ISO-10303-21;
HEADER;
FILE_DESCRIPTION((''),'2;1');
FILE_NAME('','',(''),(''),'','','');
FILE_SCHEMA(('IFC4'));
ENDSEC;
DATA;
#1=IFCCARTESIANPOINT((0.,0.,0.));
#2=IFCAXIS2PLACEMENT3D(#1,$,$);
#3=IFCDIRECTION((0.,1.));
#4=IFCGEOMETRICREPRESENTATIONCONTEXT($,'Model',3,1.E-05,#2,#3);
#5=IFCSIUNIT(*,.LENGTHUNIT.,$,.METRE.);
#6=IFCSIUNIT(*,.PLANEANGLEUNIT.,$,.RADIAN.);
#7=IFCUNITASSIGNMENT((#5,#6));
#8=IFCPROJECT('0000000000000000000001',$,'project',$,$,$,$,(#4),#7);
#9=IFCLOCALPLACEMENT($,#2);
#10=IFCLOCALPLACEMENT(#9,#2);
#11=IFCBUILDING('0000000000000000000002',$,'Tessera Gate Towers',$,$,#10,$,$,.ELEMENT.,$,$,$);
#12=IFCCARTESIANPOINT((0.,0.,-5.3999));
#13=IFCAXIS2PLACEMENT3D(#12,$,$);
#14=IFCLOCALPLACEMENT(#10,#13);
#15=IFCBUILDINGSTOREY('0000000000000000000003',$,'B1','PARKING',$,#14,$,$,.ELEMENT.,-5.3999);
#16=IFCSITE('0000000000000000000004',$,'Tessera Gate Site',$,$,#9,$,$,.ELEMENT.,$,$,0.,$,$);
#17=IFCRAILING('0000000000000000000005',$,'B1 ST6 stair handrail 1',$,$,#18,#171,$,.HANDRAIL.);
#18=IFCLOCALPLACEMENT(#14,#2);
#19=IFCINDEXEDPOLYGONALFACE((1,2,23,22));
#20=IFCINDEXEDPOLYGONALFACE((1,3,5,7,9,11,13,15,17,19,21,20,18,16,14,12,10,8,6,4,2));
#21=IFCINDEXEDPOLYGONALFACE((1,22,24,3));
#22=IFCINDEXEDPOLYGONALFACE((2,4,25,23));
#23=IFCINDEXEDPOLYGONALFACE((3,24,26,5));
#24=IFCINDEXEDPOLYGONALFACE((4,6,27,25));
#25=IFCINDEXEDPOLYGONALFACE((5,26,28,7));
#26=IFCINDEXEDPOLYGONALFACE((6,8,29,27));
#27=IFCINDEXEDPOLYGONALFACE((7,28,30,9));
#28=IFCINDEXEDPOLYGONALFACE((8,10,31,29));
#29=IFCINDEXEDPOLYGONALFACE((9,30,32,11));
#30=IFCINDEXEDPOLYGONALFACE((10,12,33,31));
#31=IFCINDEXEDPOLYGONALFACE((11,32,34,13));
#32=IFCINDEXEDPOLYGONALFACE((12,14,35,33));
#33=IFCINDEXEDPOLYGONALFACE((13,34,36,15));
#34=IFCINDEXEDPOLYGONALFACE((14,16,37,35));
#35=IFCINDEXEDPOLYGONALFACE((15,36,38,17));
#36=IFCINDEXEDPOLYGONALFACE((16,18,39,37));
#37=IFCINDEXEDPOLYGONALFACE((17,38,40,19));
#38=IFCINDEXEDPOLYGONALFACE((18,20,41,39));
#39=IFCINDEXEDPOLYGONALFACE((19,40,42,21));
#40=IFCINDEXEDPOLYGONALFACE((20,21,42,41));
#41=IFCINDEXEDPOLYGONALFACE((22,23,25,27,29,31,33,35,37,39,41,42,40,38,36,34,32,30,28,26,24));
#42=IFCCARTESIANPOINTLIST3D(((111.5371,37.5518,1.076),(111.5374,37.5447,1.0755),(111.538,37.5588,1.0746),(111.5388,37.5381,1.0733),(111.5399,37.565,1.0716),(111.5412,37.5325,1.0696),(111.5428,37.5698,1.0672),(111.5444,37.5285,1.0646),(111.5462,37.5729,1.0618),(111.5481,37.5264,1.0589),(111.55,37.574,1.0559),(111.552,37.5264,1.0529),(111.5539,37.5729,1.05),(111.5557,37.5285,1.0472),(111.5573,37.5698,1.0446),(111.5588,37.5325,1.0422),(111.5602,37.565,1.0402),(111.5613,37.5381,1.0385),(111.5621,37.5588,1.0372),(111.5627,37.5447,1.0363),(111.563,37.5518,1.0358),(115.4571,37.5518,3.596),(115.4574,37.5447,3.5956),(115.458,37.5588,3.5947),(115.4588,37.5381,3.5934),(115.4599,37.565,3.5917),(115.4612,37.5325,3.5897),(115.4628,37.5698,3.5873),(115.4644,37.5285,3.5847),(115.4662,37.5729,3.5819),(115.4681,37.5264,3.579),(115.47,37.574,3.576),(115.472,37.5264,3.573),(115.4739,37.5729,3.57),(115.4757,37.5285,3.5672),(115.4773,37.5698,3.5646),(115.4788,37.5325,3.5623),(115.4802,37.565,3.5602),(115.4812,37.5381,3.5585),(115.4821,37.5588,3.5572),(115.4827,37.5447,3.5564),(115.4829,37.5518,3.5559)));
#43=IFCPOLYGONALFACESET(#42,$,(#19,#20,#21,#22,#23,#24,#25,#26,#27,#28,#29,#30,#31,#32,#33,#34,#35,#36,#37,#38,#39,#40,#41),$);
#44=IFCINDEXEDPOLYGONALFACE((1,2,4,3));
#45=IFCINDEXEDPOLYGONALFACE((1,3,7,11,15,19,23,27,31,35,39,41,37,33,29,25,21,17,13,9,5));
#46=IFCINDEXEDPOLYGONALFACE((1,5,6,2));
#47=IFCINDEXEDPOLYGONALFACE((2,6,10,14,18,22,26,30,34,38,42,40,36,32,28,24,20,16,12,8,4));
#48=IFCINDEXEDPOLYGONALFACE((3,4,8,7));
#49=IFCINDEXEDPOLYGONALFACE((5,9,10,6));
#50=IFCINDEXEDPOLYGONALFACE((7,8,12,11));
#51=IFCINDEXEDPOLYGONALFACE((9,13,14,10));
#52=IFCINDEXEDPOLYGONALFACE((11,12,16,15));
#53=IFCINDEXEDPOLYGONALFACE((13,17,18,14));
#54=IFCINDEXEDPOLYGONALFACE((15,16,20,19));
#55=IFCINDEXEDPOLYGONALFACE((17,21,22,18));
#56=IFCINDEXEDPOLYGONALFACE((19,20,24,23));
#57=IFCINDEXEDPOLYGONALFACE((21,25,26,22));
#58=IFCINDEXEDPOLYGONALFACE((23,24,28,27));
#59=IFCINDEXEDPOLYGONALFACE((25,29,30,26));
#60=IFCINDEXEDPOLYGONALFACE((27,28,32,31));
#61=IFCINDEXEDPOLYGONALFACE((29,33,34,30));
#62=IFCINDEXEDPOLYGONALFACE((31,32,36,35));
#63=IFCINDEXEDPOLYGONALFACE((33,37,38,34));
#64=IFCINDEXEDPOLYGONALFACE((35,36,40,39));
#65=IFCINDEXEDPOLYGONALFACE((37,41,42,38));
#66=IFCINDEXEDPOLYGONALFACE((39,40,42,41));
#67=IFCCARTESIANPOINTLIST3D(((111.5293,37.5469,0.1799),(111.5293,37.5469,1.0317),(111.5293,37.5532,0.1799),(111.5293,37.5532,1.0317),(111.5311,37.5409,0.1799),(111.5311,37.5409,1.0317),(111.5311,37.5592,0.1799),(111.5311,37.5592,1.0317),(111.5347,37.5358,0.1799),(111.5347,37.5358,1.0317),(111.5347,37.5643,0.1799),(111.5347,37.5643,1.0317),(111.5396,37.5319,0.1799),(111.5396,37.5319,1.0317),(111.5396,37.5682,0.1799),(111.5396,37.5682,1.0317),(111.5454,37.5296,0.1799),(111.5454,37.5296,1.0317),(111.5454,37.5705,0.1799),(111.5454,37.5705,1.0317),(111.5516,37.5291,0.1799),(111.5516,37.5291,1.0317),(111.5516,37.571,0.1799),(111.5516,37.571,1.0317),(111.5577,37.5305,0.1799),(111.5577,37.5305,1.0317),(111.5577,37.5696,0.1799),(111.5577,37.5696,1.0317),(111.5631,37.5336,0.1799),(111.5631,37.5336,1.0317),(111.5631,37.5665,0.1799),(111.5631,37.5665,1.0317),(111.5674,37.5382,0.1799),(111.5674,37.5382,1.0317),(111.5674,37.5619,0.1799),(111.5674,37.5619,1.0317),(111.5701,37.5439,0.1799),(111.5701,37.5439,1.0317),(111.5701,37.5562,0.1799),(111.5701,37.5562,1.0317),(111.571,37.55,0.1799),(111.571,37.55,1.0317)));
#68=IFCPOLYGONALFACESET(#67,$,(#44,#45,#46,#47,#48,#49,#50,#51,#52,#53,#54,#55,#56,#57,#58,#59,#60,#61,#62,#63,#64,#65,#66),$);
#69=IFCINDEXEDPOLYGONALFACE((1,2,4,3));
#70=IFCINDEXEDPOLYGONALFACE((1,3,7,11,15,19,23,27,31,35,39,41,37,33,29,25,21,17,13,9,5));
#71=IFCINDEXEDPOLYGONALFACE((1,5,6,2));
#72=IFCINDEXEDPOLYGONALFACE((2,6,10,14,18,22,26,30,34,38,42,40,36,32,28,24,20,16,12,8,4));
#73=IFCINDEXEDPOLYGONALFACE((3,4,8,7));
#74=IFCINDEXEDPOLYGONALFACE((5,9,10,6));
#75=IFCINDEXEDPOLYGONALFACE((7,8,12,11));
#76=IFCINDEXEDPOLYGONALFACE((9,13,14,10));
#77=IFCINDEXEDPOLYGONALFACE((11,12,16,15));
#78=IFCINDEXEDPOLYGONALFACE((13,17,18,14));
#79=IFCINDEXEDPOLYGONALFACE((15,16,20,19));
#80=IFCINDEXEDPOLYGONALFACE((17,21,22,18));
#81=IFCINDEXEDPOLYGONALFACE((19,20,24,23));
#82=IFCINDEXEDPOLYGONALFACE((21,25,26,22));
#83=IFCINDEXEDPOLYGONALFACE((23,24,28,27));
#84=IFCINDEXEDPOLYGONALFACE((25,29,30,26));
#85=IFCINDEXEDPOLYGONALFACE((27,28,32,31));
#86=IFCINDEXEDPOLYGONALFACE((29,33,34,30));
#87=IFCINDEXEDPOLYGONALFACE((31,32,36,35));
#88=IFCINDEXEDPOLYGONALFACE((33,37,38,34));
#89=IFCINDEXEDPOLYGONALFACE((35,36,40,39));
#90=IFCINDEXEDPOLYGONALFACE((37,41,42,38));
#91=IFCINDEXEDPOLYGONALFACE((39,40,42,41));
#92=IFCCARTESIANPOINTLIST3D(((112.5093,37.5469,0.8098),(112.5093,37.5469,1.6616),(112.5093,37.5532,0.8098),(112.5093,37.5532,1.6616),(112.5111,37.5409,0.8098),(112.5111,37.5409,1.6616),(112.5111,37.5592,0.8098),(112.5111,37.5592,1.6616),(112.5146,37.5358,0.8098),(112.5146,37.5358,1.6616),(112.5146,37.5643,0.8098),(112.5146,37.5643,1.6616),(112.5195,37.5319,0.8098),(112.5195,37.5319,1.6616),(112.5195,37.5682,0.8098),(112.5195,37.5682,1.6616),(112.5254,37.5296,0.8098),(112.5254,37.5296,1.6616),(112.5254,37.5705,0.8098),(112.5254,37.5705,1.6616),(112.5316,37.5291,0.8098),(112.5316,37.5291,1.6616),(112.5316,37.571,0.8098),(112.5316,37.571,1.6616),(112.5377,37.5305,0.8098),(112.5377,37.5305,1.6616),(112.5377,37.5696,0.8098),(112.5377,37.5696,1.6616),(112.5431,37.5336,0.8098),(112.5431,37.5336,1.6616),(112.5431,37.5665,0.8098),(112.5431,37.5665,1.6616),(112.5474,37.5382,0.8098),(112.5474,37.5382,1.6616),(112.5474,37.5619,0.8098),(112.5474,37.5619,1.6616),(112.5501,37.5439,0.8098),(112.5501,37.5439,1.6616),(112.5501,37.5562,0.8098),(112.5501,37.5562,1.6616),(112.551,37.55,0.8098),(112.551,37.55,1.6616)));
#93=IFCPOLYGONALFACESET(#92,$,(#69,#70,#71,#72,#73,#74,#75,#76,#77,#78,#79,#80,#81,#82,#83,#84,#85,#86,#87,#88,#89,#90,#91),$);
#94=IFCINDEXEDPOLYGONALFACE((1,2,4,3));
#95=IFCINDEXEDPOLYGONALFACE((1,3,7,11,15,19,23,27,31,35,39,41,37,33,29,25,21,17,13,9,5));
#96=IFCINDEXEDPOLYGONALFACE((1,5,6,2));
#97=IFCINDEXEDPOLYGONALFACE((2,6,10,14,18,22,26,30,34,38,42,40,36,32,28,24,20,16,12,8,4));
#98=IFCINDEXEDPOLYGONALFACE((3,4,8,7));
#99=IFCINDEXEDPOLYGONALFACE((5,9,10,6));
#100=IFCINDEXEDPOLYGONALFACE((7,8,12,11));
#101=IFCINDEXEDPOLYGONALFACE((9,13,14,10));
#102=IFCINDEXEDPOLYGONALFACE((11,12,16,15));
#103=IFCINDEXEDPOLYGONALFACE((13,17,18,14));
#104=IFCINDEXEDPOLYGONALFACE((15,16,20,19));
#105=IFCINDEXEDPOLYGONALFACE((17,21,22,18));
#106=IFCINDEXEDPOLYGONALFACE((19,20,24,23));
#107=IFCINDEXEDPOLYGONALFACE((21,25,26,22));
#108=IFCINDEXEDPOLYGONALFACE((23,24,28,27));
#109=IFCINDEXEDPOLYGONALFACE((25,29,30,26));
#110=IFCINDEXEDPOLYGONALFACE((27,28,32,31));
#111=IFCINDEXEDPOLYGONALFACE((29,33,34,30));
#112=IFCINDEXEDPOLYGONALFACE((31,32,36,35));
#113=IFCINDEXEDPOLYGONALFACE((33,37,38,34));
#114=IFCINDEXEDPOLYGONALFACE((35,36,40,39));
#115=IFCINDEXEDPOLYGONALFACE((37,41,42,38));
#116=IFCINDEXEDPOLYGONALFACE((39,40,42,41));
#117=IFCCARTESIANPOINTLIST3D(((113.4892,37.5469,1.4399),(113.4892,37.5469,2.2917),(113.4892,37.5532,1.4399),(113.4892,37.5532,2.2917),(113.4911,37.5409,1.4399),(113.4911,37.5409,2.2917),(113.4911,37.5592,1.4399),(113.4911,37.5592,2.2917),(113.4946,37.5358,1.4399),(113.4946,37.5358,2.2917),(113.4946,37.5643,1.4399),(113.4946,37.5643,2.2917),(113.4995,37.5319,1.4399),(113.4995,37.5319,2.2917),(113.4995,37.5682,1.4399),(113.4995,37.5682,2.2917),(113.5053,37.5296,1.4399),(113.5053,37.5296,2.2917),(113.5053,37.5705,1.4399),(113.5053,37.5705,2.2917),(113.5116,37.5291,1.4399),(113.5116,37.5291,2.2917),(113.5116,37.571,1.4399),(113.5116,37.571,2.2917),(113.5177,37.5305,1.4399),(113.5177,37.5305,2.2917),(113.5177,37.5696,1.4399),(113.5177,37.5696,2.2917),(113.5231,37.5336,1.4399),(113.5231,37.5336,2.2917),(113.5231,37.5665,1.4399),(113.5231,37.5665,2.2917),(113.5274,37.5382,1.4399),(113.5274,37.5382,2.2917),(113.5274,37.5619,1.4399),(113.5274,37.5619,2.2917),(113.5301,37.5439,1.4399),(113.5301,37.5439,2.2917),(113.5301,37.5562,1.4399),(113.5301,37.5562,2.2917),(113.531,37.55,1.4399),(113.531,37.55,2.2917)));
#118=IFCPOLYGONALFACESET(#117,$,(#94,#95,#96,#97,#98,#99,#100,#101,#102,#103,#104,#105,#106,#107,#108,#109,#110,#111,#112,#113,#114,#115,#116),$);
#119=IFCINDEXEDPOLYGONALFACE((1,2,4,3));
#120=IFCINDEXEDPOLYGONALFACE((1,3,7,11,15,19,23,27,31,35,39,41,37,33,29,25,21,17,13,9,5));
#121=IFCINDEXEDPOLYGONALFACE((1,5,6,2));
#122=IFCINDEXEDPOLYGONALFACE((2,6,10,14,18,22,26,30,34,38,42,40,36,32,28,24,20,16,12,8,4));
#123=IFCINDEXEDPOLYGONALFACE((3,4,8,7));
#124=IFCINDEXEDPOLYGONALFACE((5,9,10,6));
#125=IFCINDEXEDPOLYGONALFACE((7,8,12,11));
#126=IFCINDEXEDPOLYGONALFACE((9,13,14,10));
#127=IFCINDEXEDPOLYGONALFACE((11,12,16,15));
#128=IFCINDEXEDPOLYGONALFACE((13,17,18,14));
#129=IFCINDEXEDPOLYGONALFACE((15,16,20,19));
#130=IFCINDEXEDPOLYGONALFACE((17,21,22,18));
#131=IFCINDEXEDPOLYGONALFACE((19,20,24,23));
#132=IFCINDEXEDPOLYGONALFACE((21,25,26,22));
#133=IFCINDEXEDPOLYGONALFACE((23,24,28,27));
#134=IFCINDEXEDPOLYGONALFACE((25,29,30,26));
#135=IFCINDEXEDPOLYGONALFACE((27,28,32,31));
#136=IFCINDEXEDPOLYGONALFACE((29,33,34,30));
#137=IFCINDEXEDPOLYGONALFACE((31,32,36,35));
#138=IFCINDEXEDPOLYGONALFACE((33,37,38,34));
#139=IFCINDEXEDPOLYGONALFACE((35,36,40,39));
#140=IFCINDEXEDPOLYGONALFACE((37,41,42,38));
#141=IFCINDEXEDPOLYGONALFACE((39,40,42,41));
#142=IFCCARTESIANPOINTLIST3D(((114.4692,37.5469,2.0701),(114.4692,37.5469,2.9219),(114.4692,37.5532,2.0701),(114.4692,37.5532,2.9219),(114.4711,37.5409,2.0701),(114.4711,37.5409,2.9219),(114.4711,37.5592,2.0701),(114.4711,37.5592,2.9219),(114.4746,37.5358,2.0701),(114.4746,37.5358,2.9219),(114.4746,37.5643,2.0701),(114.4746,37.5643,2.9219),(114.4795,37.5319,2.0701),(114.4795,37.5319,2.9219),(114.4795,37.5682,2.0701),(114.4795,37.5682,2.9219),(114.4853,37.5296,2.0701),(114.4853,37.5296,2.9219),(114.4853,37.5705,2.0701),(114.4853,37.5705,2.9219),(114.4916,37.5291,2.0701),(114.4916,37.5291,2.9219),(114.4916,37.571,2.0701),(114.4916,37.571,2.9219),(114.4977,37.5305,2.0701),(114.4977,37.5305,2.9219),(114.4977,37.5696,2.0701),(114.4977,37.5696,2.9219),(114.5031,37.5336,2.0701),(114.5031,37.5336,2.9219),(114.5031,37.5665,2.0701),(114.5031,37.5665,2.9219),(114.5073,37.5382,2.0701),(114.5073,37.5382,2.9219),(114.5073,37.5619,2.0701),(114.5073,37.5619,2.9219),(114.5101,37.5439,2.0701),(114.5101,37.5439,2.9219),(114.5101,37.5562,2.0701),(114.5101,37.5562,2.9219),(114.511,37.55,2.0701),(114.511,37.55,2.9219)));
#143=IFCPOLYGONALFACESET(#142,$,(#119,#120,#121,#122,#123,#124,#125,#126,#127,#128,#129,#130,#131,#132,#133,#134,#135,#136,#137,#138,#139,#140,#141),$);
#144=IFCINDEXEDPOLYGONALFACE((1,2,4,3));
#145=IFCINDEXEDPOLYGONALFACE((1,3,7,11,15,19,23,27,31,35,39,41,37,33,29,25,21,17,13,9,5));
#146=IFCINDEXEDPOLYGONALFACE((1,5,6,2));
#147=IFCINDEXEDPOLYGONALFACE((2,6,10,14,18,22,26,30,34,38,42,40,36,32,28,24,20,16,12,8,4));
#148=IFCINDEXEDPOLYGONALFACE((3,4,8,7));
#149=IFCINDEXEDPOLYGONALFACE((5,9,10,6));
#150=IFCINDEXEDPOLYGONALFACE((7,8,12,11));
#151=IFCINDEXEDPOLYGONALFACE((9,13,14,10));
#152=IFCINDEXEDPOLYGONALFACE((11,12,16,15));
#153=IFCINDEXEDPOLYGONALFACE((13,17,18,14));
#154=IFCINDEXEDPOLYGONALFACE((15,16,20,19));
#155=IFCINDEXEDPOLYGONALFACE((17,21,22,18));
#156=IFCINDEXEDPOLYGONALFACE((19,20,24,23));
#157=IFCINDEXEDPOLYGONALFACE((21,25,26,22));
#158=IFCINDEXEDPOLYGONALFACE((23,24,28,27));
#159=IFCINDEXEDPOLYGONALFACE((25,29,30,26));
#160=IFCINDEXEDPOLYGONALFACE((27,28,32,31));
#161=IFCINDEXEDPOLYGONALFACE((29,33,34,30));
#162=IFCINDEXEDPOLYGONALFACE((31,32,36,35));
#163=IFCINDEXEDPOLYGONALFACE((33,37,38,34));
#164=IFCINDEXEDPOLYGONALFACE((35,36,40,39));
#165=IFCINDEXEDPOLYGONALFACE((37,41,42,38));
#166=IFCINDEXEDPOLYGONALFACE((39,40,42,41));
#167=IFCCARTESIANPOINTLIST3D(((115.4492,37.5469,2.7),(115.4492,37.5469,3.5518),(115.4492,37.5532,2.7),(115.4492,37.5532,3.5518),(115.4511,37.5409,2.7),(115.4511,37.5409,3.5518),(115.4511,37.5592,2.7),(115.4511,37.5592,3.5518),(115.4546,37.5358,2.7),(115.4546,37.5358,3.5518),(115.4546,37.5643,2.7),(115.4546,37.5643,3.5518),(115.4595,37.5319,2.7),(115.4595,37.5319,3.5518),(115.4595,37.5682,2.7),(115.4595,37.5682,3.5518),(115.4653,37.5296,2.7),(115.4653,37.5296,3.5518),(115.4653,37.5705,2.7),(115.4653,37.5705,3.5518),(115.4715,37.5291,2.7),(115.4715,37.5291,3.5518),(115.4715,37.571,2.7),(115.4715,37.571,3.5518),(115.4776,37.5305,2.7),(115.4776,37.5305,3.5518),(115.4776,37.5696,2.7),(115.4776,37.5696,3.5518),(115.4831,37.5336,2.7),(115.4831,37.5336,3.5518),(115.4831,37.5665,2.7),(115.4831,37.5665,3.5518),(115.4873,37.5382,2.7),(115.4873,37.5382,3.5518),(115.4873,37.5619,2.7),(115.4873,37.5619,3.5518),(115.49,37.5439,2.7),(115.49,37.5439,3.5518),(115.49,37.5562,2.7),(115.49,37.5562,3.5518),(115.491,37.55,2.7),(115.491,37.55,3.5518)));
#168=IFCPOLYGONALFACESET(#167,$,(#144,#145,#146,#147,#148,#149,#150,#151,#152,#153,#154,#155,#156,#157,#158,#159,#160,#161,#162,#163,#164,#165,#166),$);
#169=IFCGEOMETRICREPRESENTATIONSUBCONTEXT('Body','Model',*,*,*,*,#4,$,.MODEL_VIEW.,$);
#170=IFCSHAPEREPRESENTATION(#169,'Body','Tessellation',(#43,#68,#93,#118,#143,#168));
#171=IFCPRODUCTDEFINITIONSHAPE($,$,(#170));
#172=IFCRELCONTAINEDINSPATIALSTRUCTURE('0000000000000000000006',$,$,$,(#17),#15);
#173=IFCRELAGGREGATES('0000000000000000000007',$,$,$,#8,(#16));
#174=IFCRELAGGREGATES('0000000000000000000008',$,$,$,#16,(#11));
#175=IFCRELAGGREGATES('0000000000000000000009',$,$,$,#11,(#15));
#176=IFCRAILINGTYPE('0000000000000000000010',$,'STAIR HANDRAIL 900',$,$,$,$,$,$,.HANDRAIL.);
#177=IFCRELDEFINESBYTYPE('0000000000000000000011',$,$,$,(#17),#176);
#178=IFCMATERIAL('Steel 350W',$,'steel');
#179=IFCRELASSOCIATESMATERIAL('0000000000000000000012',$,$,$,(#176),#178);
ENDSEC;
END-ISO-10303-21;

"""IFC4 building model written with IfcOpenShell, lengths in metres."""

from ifc_helpers import new_model, si_unit, direction, frame, origin, origin_2d, place, context, subcontext, project, spatial, circle, extrude, material, type_object, element, save


model = new_model("IFC4")

# Units and contexts
model_context = context("Model", 3, precision=1e-05, world=origin(), true_north=direction((0.0, 1.0)))
body_context = subcontext(model_context, "Body", "Model", "MODEL_VIEW")
ifc_project = project(units=[si_unit("LENGTHUNIT", "METRE"), si_unit("PLANEANGLEUNIT", "RADIAN")], contexts=[model_context])

# Site, building, storey
site_placement = place(None, origin())
site = spatial("IfcSite", under=ifc_project, at=site_placement, Name="Tessera Gate Site", CompositionType="ELEMENT", RefElevation=0.0)
building_placement = place(site_placement, origin())
building = spatial("IfcBuilding", under=site, at=building_placement, Name="Tessera Gate Towers", CompositionType="ELEMENT")
storey_placement = place(building_placement, frame((0.0, 0.0, -5.3999)))
storey = spatial("IfcBuildingStorey", under=building, at=storey_placement, Name="B1", Description="PARKING", CompositionType="ELEMENT", Elevation=-5.3999)

# Railing
ifc_material_1 = material(Name="Steel 350W", Category="steel")
railing_type_1 = type_object("IfcRailingType", Name="STAIR HANDRAIL 900", PredefinedType="HANDRAIL", material=ifc_material_1)
railing_1_placement = place(storey_placement, frame((111.55, 37.55, 0.1799)))
element("IfcRailing", 1, at=railing_1_placement, inside=storey, type_object=railing_type_1, Name="B1 ST6 stair handrail 1", PredefinedType="HANDRAIL", context=body_context, shape_type="SweptSolid", body=[
    extrude(circle(Radius=0.0239, at=origin_2d()), frame((0.0, 0.0, 0.876), z_axis=(0.841172, 0.0, 0.540768), x_axis=(0.0, 1.0, 0.0)), (0.0, 0.0, 1.0), 4.6602),
    extrude(circle(Radius=0.021, at=origin_2d()), origin(), (0.0, 0.0, 1.0), 0.8518),
    extrude(circle(Radius=0.021, at=origin_2d()), frame((0.98, 0.0, 0.6299)), (0.0, 0.0, 1.0), 0.8518),
    extrude(circle(Radius=0.021, at=origin_2d()), frame((1.96, 0.0, 1.26)), (0.0, 0.0, 1.0), 0.8518),
    extrude(circle(Radius=0.021, at=origin_2d()), frame((2.9399, 0.0, 1.8901)), (0.0, 0.0, 1.0), 0.8518),
    extrude(circle(Radius=0.021, at=origin_2d()), frame((3.9199, 0.0, 2.52)), (0.0, 0.0, 1.0), 0.8518),
])

save(model, "model.ifc")
